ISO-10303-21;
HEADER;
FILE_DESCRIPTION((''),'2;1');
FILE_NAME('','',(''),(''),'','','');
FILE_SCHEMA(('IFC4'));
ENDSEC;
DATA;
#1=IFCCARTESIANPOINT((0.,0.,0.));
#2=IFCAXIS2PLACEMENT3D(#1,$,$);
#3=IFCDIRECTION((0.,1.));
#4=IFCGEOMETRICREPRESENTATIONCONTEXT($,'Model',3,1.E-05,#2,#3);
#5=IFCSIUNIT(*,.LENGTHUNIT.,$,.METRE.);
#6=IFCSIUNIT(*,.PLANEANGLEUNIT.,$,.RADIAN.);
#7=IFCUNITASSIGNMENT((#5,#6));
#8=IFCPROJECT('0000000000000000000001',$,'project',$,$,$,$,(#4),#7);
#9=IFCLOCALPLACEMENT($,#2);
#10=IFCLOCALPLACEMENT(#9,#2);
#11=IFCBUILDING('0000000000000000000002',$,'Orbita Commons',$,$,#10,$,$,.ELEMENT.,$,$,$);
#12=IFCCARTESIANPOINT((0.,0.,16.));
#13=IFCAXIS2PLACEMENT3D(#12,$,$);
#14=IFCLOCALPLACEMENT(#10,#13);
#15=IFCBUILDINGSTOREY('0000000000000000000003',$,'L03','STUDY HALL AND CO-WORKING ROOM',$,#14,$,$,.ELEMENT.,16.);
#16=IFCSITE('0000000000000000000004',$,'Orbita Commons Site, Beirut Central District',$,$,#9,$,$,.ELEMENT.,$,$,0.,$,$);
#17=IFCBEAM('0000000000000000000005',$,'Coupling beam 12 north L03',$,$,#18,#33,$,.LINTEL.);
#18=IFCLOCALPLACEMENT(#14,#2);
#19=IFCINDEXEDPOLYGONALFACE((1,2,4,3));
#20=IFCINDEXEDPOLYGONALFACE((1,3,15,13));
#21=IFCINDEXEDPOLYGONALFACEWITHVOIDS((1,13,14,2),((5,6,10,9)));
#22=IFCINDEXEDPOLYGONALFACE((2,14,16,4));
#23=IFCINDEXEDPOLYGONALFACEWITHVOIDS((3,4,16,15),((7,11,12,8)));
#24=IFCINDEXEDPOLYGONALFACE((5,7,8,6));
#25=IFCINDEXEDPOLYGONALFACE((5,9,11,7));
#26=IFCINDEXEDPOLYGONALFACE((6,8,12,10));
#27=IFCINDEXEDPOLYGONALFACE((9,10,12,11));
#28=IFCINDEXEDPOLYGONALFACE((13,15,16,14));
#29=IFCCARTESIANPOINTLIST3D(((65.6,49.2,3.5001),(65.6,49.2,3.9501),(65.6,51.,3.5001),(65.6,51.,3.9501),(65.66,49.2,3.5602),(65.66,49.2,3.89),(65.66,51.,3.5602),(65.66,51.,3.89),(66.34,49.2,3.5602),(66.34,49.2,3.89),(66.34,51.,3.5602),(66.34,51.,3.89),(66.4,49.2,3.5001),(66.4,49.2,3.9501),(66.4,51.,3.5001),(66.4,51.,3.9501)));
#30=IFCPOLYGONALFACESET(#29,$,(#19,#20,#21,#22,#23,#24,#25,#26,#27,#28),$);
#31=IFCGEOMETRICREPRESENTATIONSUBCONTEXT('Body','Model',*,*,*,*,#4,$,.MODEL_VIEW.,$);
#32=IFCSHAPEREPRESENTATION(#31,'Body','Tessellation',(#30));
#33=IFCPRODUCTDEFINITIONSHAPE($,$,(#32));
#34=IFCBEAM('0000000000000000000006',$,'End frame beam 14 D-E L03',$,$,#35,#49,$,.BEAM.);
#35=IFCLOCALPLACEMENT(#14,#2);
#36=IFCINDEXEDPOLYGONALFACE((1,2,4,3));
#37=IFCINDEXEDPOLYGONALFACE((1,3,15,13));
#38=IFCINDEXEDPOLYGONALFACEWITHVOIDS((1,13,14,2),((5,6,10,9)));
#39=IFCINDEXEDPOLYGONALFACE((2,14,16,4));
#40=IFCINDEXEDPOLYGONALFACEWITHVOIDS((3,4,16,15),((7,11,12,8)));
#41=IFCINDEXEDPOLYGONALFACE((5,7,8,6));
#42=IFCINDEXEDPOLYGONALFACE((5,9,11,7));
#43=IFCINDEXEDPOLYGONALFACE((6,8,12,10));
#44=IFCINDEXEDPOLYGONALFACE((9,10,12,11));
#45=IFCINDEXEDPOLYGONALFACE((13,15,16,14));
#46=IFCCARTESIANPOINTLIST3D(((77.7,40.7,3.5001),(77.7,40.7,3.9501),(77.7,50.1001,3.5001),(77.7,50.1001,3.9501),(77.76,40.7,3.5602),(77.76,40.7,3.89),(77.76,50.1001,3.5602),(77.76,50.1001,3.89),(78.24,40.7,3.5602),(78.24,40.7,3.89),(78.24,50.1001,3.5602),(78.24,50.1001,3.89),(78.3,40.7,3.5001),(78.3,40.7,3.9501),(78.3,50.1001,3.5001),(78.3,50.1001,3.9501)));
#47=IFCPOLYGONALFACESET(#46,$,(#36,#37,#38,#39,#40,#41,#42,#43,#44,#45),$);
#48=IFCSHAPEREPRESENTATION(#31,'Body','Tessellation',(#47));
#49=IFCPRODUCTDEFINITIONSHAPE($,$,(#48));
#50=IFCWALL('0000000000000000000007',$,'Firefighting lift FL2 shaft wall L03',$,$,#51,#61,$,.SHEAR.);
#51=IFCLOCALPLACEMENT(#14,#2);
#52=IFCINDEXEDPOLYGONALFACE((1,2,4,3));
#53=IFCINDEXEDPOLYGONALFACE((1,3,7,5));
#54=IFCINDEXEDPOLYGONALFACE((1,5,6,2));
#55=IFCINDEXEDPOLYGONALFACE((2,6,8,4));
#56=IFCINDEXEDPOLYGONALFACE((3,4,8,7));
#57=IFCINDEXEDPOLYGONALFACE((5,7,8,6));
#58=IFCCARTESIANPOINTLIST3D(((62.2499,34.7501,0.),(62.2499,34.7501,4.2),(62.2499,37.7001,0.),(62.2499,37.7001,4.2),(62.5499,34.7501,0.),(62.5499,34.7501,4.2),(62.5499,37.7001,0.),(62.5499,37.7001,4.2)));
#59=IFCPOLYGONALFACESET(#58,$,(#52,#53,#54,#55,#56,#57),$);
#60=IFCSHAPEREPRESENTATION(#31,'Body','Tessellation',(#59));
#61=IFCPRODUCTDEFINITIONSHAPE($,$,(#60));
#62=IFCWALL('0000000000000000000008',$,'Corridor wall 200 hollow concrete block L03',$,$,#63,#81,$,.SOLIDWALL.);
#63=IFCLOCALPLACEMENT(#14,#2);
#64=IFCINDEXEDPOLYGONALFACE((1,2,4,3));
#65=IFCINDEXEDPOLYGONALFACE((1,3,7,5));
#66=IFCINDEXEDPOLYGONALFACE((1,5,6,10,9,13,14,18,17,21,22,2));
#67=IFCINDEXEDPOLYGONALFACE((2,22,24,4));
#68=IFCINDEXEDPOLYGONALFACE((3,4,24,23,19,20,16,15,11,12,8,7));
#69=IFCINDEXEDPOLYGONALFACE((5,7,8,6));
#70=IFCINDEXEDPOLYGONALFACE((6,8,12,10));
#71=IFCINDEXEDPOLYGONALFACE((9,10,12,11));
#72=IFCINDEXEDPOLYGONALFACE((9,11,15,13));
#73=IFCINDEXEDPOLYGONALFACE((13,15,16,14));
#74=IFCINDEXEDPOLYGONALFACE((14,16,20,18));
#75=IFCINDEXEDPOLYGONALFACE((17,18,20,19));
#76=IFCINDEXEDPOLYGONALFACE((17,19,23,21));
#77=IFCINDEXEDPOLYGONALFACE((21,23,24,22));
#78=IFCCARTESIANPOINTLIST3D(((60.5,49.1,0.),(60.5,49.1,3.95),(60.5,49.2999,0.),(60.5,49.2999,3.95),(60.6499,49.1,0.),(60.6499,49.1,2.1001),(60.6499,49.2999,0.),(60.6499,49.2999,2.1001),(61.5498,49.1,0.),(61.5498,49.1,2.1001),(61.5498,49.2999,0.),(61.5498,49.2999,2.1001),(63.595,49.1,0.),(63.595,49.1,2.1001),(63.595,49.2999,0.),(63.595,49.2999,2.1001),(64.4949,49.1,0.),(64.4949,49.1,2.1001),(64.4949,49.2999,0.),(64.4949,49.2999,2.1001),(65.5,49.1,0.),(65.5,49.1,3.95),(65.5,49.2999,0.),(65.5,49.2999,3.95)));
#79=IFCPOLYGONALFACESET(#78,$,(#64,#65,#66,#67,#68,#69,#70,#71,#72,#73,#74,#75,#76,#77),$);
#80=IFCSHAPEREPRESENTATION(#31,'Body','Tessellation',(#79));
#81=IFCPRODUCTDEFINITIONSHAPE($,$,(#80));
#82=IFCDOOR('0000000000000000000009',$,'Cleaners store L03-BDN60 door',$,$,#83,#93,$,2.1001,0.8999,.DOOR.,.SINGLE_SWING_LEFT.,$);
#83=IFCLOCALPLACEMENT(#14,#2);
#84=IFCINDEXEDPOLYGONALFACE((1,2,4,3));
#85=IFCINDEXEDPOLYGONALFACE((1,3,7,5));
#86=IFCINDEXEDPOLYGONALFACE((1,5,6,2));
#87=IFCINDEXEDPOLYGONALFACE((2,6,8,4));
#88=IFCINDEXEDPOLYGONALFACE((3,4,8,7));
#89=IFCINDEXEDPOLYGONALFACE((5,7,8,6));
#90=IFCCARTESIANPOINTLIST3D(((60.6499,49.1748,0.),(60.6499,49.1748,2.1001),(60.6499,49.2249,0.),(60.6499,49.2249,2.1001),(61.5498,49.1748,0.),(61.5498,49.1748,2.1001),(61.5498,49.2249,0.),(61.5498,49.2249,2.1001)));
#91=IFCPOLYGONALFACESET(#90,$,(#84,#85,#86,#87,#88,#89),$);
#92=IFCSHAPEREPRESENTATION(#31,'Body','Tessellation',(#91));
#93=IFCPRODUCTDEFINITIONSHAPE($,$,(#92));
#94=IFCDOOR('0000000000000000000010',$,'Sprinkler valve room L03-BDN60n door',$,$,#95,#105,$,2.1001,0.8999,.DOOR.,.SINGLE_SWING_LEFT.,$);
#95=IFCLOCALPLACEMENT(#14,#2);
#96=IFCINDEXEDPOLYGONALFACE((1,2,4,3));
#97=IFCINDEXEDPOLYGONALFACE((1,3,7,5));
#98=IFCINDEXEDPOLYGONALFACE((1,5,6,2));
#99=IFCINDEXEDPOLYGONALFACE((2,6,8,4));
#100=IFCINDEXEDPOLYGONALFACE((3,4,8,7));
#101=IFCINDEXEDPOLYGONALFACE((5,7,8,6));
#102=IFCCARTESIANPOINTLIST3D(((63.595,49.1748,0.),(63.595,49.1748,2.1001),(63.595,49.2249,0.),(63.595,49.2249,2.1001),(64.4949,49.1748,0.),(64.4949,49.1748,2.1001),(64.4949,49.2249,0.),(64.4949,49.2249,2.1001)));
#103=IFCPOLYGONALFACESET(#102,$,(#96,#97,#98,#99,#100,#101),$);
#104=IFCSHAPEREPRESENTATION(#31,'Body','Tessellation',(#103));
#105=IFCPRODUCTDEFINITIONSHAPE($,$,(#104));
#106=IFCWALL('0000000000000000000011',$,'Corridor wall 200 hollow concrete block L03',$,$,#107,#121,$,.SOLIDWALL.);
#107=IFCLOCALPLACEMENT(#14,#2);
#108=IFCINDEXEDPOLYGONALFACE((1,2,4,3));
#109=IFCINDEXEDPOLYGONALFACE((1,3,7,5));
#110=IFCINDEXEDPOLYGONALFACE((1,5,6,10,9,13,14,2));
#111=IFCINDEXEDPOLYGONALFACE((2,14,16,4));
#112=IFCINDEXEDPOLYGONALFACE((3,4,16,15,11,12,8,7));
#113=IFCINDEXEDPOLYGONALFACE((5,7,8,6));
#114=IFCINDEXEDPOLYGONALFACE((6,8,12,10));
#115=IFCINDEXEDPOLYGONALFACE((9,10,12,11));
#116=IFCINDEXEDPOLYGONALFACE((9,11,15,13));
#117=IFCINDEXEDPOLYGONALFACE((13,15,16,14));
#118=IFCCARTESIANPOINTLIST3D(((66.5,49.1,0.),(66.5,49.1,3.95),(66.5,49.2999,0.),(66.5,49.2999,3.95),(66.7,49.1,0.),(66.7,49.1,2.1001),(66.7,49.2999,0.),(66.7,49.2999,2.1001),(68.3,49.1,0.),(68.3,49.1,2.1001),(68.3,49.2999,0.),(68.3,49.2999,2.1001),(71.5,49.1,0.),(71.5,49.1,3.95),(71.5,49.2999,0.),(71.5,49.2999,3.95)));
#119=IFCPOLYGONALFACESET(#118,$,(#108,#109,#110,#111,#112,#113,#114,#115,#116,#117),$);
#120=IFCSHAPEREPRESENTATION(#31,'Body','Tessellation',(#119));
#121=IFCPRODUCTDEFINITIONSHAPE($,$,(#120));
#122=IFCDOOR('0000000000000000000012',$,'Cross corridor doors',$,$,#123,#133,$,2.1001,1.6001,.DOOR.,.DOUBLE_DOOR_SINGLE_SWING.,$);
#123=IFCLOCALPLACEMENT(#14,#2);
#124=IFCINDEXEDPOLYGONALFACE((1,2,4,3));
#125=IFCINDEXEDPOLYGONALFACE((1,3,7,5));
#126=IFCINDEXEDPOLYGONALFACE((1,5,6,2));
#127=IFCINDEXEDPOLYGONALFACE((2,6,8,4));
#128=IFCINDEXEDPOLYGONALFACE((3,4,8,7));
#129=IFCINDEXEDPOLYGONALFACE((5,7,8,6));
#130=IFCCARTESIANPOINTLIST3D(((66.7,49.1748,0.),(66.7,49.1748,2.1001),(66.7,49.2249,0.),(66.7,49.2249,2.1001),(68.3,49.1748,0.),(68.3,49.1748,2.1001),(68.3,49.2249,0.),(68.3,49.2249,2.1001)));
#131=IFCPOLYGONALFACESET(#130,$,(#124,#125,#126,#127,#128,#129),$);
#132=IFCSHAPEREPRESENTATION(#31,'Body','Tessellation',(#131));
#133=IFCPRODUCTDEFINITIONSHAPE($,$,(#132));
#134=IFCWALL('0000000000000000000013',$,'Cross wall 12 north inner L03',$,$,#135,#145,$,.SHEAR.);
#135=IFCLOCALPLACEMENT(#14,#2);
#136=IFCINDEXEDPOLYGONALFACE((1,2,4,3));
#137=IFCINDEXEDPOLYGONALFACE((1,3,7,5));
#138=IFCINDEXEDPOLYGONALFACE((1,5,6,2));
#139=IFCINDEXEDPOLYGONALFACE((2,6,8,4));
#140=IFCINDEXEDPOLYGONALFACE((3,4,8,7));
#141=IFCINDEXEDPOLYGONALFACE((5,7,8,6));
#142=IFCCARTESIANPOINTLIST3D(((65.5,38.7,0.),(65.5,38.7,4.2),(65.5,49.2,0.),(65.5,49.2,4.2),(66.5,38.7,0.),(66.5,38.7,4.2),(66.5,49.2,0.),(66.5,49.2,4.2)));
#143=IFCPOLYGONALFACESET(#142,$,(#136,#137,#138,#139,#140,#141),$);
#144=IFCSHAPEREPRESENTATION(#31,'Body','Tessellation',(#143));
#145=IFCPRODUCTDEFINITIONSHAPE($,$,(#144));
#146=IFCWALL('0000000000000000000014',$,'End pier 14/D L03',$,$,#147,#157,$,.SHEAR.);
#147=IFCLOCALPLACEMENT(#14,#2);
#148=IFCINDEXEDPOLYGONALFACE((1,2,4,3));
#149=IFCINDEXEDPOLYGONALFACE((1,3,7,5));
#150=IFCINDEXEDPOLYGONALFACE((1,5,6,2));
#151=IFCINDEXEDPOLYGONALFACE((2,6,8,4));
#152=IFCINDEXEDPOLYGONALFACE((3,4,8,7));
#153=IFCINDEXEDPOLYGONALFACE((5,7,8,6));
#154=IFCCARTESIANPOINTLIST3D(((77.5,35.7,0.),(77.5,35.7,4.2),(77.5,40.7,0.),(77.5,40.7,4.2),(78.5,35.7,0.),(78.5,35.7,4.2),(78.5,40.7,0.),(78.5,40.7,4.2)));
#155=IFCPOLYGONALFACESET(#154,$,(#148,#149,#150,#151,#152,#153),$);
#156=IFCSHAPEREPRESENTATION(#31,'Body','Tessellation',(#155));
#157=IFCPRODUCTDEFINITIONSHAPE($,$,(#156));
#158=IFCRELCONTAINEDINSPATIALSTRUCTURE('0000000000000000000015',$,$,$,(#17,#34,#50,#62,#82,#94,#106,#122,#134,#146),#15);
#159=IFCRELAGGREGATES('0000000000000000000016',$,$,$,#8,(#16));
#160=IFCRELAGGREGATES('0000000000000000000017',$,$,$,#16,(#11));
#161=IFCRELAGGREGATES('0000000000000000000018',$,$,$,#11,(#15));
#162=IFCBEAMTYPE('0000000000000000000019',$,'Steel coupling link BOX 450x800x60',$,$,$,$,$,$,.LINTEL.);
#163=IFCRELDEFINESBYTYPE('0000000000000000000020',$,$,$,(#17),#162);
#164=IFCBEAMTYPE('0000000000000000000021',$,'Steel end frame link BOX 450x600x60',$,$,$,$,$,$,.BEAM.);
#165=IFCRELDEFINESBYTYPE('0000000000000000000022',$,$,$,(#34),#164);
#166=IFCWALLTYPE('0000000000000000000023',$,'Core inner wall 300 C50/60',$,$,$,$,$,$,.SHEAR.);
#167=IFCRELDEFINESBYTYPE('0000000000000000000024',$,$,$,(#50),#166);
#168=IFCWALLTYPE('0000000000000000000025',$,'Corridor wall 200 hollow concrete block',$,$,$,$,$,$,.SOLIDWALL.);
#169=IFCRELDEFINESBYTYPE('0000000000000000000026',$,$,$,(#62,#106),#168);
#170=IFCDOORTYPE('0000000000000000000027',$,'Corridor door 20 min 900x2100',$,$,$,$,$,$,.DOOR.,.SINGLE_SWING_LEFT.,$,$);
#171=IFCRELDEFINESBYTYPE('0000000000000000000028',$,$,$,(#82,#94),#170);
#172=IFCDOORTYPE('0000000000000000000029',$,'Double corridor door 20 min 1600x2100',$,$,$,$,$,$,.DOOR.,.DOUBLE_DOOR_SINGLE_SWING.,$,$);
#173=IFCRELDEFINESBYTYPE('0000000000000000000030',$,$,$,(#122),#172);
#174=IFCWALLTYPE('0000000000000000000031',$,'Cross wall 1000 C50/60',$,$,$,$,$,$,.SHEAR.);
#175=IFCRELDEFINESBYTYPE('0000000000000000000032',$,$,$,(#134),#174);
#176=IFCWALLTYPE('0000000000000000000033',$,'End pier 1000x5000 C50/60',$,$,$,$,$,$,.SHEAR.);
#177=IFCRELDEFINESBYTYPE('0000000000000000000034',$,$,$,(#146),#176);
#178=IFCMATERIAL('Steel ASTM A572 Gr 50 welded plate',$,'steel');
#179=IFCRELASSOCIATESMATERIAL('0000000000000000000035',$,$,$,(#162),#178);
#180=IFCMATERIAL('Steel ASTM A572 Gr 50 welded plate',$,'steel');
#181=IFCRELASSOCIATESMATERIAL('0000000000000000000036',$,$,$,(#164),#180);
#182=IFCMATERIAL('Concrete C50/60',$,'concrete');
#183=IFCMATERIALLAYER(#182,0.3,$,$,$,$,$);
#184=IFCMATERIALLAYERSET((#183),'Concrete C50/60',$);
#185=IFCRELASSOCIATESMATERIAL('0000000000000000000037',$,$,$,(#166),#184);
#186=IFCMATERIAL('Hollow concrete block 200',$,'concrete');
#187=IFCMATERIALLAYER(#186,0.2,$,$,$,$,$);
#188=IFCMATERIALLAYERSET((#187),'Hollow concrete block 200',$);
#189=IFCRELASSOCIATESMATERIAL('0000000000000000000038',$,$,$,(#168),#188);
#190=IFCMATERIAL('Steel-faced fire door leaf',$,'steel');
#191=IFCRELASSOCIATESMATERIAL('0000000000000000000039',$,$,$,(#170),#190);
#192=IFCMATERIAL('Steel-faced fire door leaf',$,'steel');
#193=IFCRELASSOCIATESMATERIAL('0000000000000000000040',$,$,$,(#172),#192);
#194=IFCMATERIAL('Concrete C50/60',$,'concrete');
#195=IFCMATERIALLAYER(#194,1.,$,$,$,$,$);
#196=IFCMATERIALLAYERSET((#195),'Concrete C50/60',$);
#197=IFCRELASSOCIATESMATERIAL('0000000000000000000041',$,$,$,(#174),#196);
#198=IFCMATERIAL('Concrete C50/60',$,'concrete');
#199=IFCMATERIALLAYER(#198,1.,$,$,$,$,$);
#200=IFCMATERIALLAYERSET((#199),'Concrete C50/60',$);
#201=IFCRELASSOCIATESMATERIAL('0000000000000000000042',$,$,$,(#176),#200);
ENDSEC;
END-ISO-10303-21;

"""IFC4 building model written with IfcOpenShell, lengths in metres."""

from ifc_helpers import new_model, si_unit, direction, frame, frame_2d, origin, origin_2d, place, context, subcontext, project, spatial, rectangle, hollow_rectangle, extrude, material, layer, layer_set, material_profile, profile_set, type_object, element, fill, save


model = new_model("IFC4")

# Units and contexts
model_context = context("Model", 3, precision=1e-05, world=origin(), true_north=direction((0.0, 1.0)))
body_context = subcontext(model_context, "Body", "Model", "MODEL_VIEW")
ifc_project = project(units=[si_unit("LENGTHUNIT", "METRE"), si_unit("PLANEANGLEUNIT", "RADIAN")], contexts=[model_context])

# Site, building, storey
site_placement = place(None, origin())
site = spatial("IfcSite", under=ifc_project, at=site_placement, Name="Orbita Commons Site, Beirut Central District", CompositionType="ELEMENT", RefElevation=0.0)
building_placement = place(site_placement, origin())
building = spatial("IfcBuilding", under=site, at=building_placement, Name="Orbita Commons", CompositionType="ELEMENT")
storey_placement = place(building_placement, frame((0.0, 0.0, 16.0)))
storey = spatial("IfcBuildingStorey", under=building, at=storey_placement, Name="L03", Description="STUDY HALL AND CO-WORKING ROOM", CompositionType="ELEMENT", Elevation=16.0)

# Beams
ifc_material_1 = material(Name="Steel ASTM A572 Gr 50 welded plate", Category="steel")
ifc_material_profile_1 = material_profile(ifc_material_1, hollow_rectangle(XDim=0.8, YDim=0.45, WallThickness=0.0601, at=origin_2d()), Name="BOX 450x800x60")
ifc_profile_set_1 = profile_set([ifc_material_profile_1], Name="Steel ASTM A572 Gr 50 welded plate")
beam_type_1 = type_object("IfcBeamType", Name="Steel coupling link BOX 450x800x60", PredefinedType="LINTEL", material=ifc_profile_set_1)
beam_1_placement = place(storey_placement, frame((66.0, 49.2, 3.7251), z_axis=(0.0, 1.0, 0.0), x_axis=(-1.0, 0.0, 0.0)))
element("IfcBeam", 1, at=beam_1_placement, inside=storey, type_object=beam_type_1, Name="Coupling beam 12 north L03", PredefinedType="LINTEL", context=body_context, shape_type="SweptSolid", body=[
    extrude(hollow_rectangle(XDim=0.8, YDim=0.45, WallThickness=0.0601, at=origin_2d()), origin(), (0.0, 0.0, 1.0), 1.8),
])
ifc_material_2 = material(Name="Steel ASTM A572 Gr 50 welded plate", Category="steel")
ifc_material_profile_2 = material_profile(ifc_material_2, hollow_rectangle(XDim=0.6001, YDim=0.45, WallThickness=0.0601, at=origin_2d()), Name="BOX 450x600x60")
ifc_profile_set_2 = profile_set([ifc_material_profile_2], Name="Steel ASTM A572 Gr 50 welded plate")
beam_type_2 = type_object("IfcBeamType", Name="Steel end frame link BOX 450x600x60", PredefinedType="BEAM", material=ifc_profile_set_2)
beam_2_placement = place(storey_placement, frame((78.0, 40.7, 3.7251), z_axis=(0.0, 1.0, 0.0), x_axis=(-1.0, 0.0, 0.0)))
element("IfcBeam", 2, at=beam_2_placement, inside=storey, type_object=beam_type_2, Name="End frame beam 14 D-E L03", PredefinedType="BEAM", context=body_context, shape_type="SweptSolid", body=[
    extrude(hollow_rectangle(XDim=0.6001, YDim=0.45, WallThickness=0.0601, at=origin_2d()), origin(), (0.0, 0.0, 1.0), 9.4001),
])

# Wall
ifc_material_3 = material(Name="Concrete C50/60", Category="concrete")
ifc_layer_1 = layer(ifc_material_3, 0.3)
ifc_layer_set_1 = layer_set([ifc_layer_1], Name="Concrete C50/60")
wall_type_1 = type_object("IfcWallType", Name="Core inner wall 300 C50/60", PredefinedType="SHEAR", material=ifc_layer_set_1)
wall_1_placement = place(storey_placement, frame((62.3999, 34.75, 0.0), z_axis=(0.0, 0.0, 1.0), x_axis=(0.0, 1.0, 0.0)))
element("IfcWall", 3, at=wall_1_placement, inside=storey, type_object=wall_type_1, Name="Firefighting lift FL2 shaft wall L03", PredefinedType="SHEAR", context=body_context, shape_type="SweptSolid", body=[
    extrude(rectangle(XDim=2.95, YDim=0.3, at=frame_2d((1.4751, 0.0))), origin(), (0.0, 0.0, 1.0), 4.2),
])

# Wall, openings, doors
ifc_material_4 = material(Name="Hollow concrete block 200", Category="concrete")
ifc_layer_2 = layer(ifc_material_4, 0.2)
ifc_layer_set_2 = layer_set([ifc_layer_2], Name="Hollow concrete block 200")
wall_type_2 = type_object("IfcWallType", Name="Corridor wall 200 hollow concrete block", PredefinedType="SOLIDWALL", material=ifc_layer_set_2)
wall_2_placement = place(storey_placement, frame((60.5, 49.2, 0.0), z_axis=(0.0, 0.0, 1.0), x_axis=(1.0, 0.0, 0.0)))
wall_2 = element("IfcWall", 4, at=wall_2_placement, inside=storey, type_object=wall_type_2, Name="Corridor wall 200 hollow concrete block L03", PredefinedType="SOLIDWALL", context=body_context, shape_type="SweptSolid", body=[
    extrude(rectangle(XDim=5.0, YDim=0.2, at=frame_2d((2.5, 0.0))), origin(), (0.0, 0.0, 1.0), 3.95),
])
opening_1_placement = place(wall_2_placement, frame((0.1499, 0.0, 0.0)))
opening_1 = element("IfcOpeningElement", 5, at=opening_1_placement, cuts=wall_2, PredefinedType="OPENING", context=body_context, shape_type="SweptSolid", body=[
    extrude(rectangle(XDim=0.8999, YDim=2.1001, at=frame_2d((0.45, 1.05))), frame((0.0, 0.1099, 0.0), z_axis=(0.0, -1.0, 0.0), x_axis=(1.0, 0.0, 0.0)), (0.0, 0.0, 1.0), 0.22),
])
opening_2_placement = place(wall_2_placement, frame((3.095, 0.0, 0.0)))
opening_2 = element("IfcOpeningElement", 6, at=opening_2_placement, cuts=wall_2, PredefinedType="OPENING", context=body_context, shape_type="SweptSolid", body=[
    extrude(rectangle(XDim=0.8999, YDim=2.1001, at=frame_2d((0.45, 1.05))), frame((0.0, 0.1099, 0.0), z_axis=(0.0, -1.0, 0.0), x_axis=(1.0, 0.0, 0.0)), (0.0, 0.0, 1.0), 0.22),
])
ifc_material_5 = material(Name="Steel-faced fire door leaf", Category="steel")
door_type_1 = type_object("IfcDoorType", Name="Corridor door 20 min 900x2100", OperationType="SINGLE_SWING_LEFT", PredefinedType="DOOR", material=ifc_material_5)
door_1_placement = place(opening_1_placement, origin())
door_1 = element("IfcDoor", 7, at=door_1_placement, inside=storey, type_object=door_type_1, Name="Cleaners store L03-BDN60 door", OperationType="SINGLE_SWING_LEFT", OverallHeight=2.1001, OverallWidth=0.8999, PredefinedType="DOOR", context=body_context, shape_type="SweptSolid", body=[
    extrude(rectangle(XDim=0.8999, YDim=2.1001, at=frame_2d((0.45, 1.05))), frame((0.0, 0.0249, 0.0), z_axis=(0.0, -1.0, 0.0), x_axis=(1.0, 0.0, 0.0)), (0.0, 0.0, 1.0), 0.05),
])
fill(opening_1, door_1)
door_2_placement = place(opening_2_placement, origin())
door_2 = element("IfcDoor", 8, at=door_2_placement, inside=storey, type_object=door_type_1, Name="Sprinkler valve room L03-BDN60n door", OperationType="SINGLE_SWING_LEFT", OverallHeight=2.1001, OverallWidth=0.8999, PredefinedType="DOOR", context=body_context, shape_type="SweptSolid", body=[
    extrude(rectangle(XDim=0.8999, YDim=2.1001, at=frame_2d((0.45, 1.05))), frame((0.0, 0.0249, 0.0), z_axis=(0.0, -1.0, 0.0), x_axis=(1.0, 0.0, 0.0)), (0.0, 0.0, 1.0), 0.05),
])
fill(opening_2, door_2)

# Wall, opening, door
wall_3_placement = place(storey_placement, frame((66.5, 49.2, 0.0), z_axis=(0.0, 0.0, 1.0), x_axis=(1.0, 0.0, 0.0)))
wall_3 = element("IfcWall", 9, at=wall_3_placement, inside=storey, type_object=wall_type_2, Name="Corridor wall 200 hollow concrete block L03", PredefinedType="SOLIDWALL", context=body_context, shape_type="SweptSolid", body=[
    extrude(rectangle(XDim=5.0, YDim=0.2, at=frame_2d((2.5, 0.0))), origin(), (0.0, 0.0, 1.0), 3.95),
])
opening_3_placement = place(wall_3_placement, frame((0.2, 0.0, 0.0)))
opening_3 = element("IfcOpeningElement", 10, at=opening_3_placement, cuts=wall_3, PredefinedType="OPENING", context=body_context, shape_type="SweptSolid", body=[
    extrude(rectangle(XDim=1.6001, YDim=2.1001, at=frame_2d((0.8, 1.05))), frame((0.0, 0.1099, 0.0), z_axis=(0.0, -1.0, 0.0), x_axis=(1.0, 0.0, 0.0)), (0.0, 0.0, 1.0), 0.22),
])
ifc_material_6 = material(Name="Steel-faced fire door leaf", Category="steel")
door_type_2 = type_object("IfcDoorType", Name="Double corridor door 20 min 1600x2100", OperationType="DOUBLE_DOOR_SINGLE_SWING", PredefinedType="DOOR", material=ifc_material_6)
door_3_placement = place(opening_3_placement, origin())
door_3 = element("IfcDoor", 11, at=door_3_placement, inside=storey, type_object=door_type_2, Name="Cross corridor doors", OperationType="DOUBLE_DOOR_SINGLE_SWING", OverallHeight=2.1001, OverallWidth=1.6001, PredefinedType="DOOR", context=body_context, shape_type="SweptSolid", body=[
    extrude(rectangle(XDim=1.6001, YDim=2.1001, at=frame_2d((0.8, 1.05))), frame((0.0, 0.0249, 0.0), z_axis=(0.0, -1.0, 0.0), x_axis=(1.0, 0.0, 0.0)), (0.0, 0.0, 1.0), 0.05),
])
fill(opening_3, door_3)

# Walls
ifc_material_7 = material(Name="Concrete C50/60", Category="concrete")
ifc_layer_3 = layer(ifc_material_7, 1.0)
ifc_layer_set_3 = layer_set([ifc_layer_3], Name="Concrete C50/60")
wall_type_3 = type_object("IfcWallType", Name="Cross wall 1000 C50/60", PredefinedType="SHEAR", material=ifc_layer_set_3)
wall_4_placement = place(storey_placement, frame((66.0, 38.7, 0.0), z_axis=(0.0, 0.0, 1.0), x_axis=(0.0, 1.0, 0.0)))
element("IfcWall", 12, at=wall_4_placement, inside=storey, type_object=wall_type_3, Name="Cross wall 12 north inner L03", PredefinedType="SHEAR", context=body_context, shape_type="SweptSolid", body=[
    extrude(rectangle(XDim=10.5, YDim=1.0, at=frame_2d((5.25, 0.0))), origin(), (0.0, 0.0, 1.0), 4.2),
])
ifc_material_8 = material(Name="Concrete C50/60", Category="concrete")
ifc_layer_4 = layer(ifc_material_8, 1.0)
ifc_layer_set_4 = layer_set([ifc_layer_4], Name="Concrete C50/60")
wall_type_4 = type_object("IfcWallType", Name="End pier 1000x5000 C50/60", PredefinedType="SHEAR", material=ifc_layer_set_4)
wall_5_placement = place(storey_placement, frame((78.0, 35.7, 0.0), z_axis=(0.0, 0.0, 1.0), x_axis=(0.0, 1.0, 0.0)))
element("IfcWall", 13, at=wall_5_placement, inside=storey, type_object=wall_type_4, Name="End pier 14/D L03", PredefinedType="SHEAR", context=body_context, shape_type="SweptSolid", body=[
    extrude(rectangle(XDim=5.0, YDim=1.0, at=frame_2d((2.5, 0.0))), origin(), (0.0, 0.0, 1.0), 4.2),
])

save(model, "model.ifc")
